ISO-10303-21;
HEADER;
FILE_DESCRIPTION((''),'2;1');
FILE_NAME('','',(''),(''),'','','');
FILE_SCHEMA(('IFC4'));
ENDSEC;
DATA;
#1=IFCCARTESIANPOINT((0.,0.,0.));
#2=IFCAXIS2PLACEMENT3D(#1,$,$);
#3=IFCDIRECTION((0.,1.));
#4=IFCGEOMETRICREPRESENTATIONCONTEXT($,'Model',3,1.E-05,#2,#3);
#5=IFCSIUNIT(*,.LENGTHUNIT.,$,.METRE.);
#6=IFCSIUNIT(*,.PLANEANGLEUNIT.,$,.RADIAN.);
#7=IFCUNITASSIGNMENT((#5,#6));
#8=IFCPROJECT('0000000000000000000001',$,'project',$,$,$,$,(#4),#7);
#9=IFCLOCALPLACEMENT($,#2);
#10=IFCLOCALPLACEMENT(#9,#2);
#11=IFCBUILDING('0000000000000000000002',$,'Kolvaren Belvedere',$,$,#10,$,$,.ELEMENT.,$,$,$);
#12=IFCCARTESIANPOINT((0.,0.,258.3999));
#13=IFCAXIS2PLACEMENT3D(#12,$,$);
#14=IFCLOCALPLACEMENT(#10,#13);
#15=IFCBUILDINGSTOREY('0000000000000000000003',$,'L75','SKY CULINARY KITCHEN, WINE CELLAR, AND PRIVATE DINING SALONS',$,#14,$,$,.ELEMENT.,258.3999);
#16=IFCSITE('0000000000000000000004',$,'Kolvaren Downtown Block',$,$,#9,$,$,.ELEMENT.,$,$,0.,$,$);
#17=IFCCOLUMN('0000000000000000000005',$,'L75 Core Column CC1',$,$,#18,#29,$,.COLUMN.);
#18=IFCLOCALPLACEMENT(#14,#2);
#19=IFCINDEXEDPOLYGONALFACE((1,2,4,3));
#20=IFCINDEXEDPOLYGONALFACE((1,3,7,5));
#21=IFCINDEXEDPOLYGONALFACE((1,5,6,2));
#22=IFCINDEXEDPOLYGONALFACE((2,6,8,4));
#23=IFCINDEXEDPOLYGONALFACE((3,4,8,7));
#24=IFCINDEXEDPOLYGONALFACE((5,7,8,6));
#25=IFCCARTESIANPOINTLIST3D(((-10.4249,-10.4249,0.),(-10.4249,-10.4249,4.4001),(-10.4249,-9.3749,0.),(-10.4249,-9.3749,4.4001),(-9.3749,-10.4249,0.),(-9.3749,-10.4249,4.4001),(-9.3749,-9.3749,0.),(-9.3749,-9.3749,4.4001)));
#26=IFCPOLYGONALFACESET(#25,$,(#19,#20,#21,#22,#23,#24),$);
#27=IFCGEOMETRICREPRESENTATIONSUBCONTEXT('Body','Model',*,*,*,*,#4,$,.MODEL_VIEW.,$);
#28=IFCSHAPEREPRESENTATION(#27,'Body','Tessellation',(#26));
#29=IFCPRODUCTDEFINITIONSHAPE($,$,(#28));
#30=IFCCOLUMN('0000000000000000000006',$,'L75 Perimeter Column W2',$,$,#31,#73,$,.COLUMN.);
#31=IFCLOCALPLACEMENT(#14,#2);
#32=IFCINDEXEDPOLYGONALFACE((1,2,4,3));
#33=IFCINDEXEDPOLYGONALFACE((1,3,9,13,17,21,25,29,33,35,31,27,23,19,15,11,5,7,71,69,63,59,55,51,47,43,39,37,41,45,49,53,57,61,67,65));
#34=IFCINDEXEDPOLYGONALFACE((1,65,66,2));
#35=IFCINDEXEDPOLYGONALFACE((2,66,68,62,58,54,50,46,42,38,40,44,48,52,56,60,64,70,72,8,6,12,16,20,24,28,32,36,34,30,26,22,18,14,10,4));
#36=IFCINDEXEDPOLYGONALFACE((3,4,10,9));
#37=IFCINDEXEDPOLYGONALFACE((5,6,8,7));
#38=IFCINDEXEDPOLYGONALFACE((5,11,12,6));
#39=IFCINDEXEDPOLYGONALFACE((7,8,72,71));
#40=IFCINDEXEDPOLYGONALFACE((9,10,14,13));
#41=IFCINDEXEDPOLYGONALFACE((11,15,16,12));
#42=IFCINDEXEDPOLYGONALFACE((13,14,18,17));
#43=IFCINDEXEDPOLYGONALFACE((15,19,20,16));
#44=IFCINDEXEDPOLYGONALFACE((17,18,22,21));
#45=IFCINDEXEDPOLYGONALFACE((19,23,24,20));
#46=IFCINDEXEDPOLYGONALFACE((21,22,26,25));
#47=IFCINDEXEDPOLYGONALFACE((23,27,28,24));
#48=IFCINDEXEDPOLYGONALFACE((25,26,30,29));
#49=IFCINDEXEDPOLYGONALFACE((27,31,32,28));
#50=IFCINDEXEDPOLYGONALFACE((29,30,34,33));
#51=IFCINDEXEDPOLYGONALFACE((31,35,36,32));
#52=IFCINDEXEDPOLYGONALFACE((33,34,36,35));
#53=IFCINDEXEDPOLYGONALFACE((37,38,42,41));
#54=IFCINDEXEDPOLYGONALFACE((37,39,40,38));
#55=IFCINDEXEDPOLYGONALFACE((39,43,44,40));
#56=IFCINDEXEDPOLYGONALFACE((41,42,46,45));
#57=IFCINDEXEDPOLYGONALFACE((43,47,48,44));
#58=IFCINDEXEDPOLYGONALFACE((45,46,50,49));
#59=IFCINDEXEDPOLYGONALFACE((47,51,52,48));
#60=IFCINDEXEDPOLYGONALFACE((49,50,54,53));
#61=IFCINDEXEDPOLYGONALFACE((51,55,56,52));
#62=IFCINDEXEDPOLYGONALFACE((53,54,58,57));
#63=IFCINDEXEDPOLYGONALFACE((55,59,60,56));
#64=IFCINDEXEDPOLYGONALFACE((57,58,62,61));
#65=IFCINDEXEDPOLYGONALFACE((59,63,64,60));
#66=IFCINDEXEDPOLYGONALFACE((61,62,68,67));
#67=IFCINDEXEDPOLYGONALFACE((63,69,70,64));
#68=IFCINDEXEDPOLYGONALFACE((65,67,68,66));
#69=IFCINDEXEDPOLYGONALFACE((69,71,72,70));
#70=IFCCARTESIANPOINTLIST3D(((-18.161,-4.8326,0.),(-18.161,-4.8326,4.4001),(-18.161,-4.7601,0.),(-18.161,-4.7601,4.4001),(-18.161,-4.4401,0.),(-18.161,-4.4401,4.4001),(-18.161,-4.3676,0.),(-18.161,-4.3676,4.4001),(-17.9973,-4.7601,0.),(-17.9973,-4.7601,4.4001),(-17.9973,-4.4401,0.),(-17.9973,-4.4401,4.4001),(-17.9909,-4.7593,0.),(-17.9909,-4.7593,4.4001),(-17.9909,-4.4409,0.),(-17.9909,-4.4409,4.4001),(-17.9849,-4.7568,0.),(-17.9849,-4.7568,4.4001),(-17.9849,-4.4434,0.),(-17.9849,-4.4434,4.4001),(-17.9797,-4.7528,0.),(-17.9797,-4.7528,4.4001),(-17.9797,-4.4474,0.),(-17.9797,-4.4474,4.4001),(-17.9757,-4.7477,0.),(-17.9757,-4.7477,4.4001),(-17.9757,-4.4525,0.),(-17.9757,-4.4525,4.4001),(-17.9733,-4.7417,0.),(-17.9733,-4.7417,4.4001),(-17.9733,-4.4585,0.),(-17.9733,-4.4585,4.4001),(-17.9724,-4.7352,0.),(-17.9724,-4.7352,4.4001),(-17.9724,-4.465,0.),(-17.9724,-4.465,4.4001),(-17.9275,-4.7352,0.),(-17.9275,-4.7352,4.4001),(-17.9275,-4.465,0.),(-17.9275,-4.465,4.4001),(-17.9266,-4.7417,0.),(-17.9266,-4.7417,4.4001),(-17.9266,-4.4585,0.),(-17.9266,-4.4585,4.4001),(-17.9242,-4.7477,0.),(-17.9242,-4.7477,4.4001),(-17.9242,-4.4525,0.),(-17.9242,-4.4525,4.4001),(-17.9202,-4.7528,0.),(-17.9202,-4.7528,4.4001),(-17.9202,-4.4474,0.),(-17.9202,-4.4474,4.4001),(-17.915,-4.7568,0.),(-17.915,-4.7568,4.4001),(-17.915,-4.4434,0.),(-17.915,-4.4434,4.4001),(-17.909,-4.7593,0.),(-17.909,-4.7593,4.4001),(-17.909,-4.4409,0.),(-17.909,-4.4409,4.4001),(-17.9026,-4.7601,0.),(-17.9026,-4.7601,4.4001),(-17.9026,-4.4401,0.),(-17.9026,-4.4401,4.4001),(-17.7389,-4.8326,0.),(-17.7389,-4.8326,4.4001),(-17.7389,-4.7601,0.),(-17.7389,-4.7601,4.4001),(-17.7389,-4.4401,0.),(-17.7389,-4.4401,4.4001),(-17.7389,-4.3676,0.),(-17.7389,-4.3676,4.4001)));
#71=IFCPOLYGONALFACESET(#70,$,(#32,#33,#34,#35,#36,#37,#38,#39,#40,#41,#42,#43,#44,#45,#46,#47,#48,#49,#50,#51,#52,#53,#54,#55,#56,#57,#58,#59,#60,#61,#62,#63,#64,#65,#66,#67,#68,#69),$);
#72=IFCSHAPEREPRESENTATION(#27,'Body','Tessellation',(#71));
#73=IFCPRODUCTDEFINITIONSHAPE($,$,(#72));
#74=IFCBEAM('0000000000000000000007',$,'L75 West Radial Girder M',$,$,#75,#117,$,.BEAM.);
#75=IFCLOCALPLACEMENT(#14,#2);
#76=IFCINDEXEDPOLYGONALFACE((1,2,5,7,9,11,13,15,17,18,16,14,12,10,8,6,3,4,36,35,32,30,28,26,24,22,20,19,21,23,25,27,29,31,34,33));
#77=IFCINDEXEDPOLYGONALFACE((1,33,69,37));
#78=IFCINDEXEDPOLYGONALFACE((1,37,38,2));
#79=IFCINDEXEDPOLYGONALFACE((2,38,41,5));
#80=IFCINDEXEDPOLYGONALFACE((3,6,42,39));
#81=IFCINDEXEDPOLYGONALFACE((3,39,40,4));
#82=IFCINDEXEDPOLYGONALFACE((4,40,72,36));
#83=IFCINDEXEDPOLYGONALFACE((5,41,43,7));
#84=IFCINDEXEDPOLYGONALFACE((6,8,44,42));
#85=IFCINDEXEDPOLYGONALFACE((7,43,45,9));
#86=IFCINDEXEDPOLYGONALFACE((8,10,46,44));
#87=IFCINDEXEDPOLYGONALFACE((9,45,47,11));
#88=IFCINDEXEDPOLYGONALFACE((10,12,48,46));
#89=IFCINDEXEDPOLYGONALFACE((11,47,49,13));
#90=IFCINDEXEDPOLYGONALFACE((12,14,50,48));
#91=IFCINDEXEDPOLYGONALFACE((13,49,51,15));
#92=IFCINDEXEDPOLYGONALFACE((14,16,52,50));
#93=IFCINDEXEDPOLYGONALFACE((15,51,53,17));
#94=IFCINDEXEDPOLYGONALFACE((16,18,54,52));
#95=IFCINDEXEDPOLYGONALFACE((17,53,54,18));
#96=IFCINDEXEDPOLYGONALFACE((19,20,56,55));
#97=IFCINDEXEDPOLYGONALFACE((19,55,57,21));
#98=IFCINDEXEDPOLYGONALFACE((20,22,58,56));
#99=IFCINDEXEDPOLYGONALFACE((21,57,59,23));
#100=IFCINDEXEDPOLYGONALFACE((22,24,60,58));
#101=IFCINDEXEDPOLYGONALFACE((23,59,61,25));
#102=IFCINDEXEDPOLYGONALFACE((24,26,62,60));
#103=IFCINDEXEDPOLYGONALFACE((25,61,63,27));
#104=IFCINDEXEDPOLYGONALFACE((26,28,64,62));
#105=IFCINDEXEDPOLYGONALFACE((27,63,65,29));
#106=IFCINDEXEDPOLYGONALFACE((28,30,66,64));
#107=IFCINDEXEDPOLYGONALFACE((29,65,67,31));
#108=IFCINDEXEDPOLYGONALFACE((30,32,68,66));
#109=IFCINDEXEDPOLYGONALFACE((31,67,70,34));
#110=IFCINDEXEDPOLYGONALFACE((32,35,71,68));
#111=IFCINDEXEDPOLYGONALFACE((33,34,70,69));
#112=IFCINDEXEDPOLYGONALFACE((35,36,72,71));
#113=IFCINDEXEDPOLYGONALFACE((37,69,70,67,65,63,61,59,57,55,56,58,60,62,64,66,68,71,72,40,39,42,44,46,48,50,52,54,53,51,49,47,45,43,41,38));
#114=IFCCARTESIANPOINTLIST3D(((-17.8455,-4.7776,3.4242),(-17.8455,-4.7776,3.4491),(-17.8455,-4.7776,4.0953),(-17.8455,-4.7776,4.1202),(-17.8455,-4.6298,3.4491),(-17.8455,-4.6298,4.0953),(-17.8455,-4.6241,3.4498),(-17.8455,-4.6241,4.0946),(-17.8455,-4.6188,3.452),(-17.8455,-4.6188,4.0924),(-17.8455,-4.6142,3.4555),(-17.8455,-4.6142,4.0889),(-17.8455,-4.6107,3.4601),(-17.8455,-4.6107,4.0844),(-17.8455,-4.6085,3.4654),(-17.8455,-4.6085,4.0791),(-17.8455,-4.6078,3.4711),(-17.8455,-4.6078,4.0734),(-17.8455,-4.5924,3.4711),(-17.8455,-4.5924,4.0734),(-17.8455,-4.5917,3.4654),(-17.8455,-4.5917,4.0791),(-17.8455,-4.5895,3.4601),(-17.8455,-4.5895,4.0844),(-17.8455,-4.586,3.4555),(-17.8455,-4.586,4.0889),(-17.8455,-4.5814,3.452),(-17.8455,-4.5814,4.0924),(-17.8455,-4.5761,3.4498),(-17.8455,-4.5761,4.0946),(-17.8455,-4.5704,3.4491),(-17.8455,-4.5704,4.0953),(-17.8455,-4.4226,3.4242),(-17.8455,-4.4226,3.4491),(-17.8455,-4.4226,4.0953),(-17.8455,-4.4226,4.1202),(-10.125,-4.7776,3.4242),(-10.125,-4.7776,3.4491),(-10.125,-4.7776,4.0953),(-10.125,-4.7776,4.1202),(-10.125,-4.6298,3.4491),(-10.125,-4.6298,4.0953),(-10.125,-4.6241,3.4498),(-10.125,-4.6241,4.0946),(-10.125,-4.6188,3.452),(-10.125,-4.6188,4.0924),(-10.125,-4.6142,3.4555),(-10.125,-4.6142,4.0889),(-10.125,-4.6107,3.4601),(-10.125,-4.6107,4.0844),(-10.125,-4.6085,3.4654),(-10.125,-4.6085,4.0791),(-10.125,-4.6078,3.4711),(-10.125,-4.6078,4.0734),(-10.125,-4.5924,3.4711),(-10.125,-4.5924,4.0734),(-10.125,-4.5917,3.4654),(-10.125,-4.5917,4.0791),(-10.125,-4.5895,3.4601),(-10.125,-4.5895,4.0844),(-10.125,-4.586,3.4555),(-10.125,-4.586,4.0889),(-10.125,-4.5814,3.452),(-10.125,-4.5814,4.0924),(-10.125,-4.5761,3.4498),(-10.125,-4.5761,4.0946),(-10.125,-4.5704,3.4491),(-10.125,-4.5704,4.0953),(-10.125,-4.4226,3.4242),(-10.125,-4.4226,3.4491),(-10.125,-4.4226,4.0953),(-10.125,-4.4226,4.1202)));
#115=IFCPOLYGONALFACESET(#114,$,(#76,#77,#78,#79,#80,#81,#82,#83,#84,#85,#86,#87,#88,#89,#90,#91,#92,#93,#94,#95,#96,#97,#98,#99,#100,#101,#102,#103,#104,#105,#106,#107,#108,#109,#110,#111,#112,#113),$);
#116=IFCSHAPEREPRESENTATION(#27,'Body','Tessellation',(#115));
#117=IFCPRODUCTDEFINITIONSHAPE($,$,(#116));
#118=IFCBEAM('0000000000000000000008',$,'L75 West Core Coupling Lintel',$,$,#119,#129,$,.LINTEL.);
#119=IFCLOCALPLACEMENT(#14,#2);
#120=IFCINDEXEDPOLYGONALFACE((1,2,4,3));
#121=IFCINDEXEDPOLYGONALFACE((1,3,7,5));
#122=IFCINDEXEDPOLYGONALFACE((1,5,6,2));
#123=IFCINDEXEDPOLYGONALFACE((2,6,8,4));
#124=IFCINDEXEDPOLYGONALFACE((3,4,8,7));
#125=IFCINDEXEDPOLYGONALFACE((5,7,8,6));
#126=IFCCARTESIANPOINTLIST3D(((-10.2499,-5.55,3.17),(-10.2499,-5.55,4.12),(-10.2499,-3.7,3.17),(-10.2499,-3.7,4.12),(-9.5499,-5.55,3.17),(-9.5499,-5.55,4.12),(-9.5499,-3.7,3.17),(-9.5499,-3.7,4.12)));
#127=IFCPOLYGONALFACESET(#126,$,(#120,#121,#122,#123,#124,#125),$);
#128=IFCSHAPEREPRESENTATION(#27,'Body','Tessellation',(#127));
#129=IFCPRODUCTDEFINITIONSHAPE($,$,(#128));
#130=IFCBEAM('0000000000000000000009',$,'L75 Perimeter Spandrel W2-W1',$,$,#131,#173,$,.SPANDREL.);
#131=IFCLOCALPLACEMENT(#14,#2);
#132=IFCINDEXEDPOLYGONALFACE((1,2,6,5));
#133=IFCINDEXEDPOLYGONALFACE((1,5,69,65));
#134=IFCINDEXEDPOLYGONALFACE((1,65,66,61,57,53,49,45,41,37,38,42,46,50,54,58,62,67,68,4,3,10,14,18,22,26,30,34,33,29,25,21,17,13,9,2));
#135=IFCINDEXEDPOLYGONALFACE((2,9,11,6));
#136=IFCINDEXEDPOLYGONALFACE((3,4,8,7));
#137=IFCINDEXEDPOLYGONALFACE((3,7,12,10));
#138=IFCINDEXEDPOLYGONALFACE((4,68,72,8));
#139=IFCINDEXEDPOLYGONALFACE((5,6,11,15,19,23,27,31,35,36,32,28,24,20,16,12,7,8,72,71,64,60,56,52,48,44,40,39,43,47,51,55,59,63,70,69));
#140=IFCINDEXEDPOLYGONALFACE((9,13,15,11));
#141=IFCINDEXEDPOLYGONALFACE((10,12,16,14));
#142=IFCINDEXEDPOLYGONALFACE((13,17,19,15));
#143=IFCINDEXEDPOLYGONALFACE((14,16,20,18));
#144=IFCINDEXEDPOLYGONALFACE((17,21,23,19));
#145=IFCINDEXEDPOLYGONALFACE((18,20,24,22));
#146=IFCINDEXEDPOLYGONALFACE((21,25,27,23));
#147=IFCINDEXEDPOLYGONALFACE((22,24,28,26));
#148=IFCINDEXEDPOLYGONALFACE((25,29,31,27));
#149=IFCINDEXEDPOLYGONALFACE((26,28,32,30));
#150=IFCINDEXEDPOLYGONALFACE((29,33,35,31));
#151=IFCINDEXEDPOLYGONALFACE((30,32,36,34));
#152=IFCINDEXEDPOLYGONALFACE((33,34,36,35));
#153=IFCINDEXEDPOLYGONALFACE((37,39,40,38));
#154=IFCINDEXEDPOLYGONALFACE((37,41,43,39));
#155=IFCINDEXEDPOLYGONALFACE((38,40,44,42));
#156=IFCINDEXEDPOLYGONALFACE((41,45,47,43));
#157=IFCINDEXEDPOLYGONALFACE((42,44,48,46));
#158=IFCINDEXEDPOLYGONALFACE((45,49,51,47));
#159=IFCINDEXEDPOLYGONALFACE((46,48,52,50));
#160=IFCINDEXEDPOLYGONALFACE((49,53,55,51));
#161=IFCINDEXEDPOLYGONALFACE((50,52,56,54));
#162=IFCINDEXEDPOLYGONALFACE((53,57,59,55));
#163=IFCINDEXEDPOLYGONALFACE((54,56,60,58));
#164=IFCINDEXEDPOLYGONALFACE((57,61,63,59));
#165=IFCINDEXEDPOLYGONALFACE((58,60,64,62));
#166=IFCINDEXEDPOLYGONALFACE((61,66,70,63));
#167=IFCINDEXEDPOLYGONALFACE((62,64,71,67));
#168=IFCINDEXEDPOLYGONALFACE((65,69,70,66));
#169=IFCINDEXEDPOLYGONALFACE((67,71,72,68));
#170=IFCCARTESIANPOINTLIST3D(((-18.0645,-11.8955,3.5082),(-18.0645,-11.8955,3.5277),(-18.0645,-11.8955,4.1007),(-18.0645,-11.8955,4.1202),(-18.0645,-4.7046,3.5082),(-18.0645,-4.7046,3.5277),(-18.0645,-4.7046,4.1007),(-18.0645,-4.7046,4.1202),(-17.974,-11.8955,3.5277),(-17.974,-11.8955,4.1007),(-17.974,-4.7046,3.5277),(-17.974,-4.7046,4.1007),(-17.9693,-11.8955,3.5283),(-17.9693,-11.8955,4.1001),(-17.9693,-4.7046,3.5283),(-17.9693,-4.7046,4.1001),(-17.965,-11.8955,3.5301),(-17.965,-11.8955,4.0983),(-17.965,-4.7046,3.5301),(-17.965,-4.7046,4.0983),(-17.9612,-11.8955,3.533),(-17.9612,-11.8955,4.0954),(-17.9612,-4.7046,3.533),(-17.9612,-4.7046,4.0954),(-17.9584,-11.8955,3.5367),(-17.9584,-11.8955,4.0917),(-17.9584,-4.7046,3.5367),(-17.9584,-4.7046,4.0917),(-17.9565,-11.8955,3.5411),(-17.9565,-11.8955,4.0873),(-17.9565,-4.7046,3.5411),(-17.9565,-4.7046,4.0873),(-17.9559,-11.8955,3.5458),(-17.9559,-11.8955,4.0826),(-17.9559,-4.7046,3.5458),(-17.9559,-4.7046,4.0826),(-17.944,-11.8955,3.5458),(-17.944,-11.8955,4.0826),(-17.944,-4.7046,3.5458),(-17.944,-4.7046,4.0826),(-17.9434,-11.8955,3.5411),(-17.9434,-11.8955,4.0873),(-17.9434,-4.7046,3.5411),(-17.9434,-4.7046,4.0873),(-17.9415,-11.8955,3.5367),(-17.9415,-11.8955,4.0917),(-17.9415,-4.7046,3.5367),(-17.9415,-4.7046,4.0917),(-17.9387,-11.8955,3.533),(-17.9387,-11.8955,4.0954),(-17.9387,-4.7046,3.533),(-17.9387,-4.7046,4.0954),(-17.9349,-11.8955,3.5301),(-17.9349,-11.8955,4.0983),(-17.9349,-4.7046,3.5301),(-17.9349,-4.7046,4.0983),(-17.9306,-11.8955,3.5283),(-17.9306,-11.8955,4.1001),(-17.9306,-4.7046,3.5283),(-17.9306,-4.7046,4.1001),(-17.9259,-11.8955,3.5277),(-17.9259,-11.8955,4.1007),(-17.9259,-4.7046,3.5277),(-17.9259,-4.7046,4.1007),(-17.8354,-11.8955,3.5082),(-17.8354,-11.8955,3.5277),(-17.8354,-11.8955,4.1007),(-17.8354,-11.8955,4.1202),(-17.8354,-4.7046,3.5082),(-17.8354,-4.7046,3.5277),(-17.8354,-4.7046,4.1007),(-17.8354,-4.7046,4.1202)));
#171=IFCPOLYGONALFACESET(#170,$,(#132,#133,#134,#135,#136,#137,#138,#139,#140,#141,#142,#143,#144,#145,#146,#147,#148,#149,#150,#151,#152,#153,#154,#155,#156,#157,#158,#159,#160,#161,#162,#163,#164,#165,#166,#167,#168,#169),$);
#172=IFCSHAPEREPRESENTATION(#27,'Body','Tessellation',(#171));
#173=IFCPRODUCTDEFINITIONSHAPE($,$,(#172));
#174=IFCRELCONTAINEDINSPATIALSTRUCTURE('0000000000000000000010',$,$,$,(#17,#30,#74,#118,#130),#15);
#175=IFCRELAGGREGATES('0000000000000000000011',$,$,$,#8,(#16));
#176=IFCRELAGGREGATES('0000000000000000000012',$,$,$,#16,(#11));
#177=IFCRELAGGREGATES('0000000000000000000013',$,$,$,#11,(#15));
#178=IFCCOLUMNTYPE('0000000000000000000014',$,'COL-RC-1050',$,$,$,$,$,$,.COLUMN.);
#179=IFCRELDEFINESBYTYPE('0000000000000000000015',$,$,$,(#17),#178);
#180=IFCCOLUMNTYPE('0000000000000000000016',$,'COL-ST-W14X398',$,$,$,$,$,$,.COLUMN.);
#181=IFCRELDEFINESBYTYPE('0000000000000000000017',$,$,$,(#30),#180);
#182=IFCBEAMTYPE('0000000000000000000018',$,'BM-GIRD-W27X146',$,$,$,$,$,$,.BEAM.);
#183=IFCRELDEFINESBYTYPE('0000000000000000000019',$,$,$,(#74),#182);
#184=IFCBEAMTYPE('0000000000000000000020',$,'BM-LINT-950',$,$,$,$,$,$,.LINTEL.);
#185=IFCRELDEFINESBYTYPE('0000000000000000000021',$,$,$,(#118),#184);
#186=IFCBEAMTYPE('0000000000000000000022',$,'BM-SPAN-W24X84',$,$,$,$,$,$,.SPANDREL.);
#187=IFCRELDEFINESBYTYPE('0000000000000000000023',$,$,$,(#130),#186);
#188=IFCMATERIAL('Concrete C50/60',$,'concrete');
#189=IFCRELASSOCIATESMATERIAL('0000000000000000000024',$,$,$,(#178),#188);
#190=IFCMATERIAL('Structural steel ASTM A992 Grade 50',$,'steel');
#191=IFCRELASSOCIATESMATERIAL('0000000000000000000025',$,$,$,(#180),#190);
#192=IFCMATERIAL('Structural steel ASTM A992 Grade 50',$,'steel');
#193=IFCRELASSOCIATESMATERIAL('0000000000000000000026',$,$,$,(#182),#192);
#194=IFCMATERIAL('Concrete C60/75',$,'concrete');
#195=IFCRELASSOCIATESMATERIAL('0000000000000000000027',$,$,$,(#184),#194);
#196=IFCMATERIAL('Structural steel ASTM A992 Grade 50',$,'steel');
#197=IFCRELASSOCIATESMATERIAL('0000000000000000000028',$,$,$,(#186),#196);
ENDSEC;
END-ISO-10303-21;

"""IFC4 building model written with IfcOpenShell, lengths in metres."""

from ifc_helpers import new_model, si_unit, direction, frame, origin, origin_2d, place, context, subcontext, project, spatial, rectangle, i_section, extrude, material, material_profile, profile_set, type_object, element, save


model = new_model("IFC4")

# Units and contexts
model_context = context("Model", 3, precision=1e-05, world=origin(), true_north=direction((0.0, 1.0)))
body_context = subcontext(model_context, "Body", "Model", "MODEL_VIEW")
ifc_project = project(units=[si_unit("LENGTHUNIT", "METRE"), si_unit("PLANEANGLEUNIT", "RADIAN")], contexts=[model_context])

# Site, building, storey
site_placement = place(None, origin())
site = spatial("IfcSite", under=ifc_project, at=site_placement, Name="Kolvaren Downtown Block", CompositionType="ELEMENT", RefElevation=0.0)
building_placement = place(site_placement, origin())
building = spatial("IfcBuilding", under=site, at=building_placement, Name="Kolvaren Belvedere", CompositionType="ELEMENT")
storey_placement = place(building_placement, frame((0.0, 0.0, 258.3999)))
storey = spatial("IfcBuildingStorey", under=building, at=storey_placement, Name="L75", Description="SKY CULINARY KITCHEN, WINE CELLAR, AND PRIVATE DINING SALONS", CompositionType="ELEMENT", Elevation=258.3999)

# Columns
ifc_material_1 = material(Name="Concrete C50/60", Category="concrete")
ifc_material_profile_1 = material_profile(ifc_material_1, rectangle(XDim=1.05, YDim=1.05, at=origin_2d()), Name="RC 1050X1050")
ifc_profile_set_1 = profile_set([ifc_material_profile_1], Name="Concrete C50/60")
column_type_1 = type_object("IfcColumnType", Name="COL-RC-1050", PredefinedType="COLUMN", material=ifc_profile_set_1)
column_1_placement = place(storey_placement, frame((-9.8999, -9.8999, 0.0), z_axis=(0.0, 0.0, 1.0), x_axis=(1.0, 0.0, 0.0)))
element("IfcColumn", 1, at=column_1_placement, inside=storey, type_object=column_type_1, Name="L75 Core Column CC1", PredefinedType="COLUMN", context=body_context, shape_type="SweptSolid", body=[
    extrude(rectangle(XDim=1.05, YDim=1.05, at=origin_2d()), origin(), (0.0, 0.0, 1.0), 4.4001),
])
ifc_material_2 = material(Name="Structural steel ASTM A992 Grade 50", Category="steel")
ifc_material_profile_2 = material_profile(ifc_material_2, i_section(OverallWidth=0.4221, OverallDepth=0.4651, WebThickness=0.0449, FlangeThickness=0.0725, FilletRadius=0.0249, at=origin_2d()), Name="W14X398")
ifc_profile_set_2 = profile_set([ifc_material_profile_2], Name="Structural steel ASTM A992 Grade 50")
column_type_2 = type_object("IfcColumnType", Name="COL-ST-W14X398", PredefinedType="COLUMN", material=ifc_profile_set_2)
column_2_placement = place(storey_placement, frame((-17.95, -4.6001, 0.0), z_axis=(0.0, 0.0, 1.0), x_axis=(1.0, 0.0, 0.0)))
element("IfcColumn", 2, at=column_2_placement, inside=storey, type_object=column_type_2, Name="L75 Perimeter Column W2", PredefinedType="COLUMN", context=body_context, shape_type="SweptSolid", body=[
    extrude(i_section(OverallWidth=0.4221, OverallDepth=0.4651, WebThickness=0.0449, FlangeThickness=0.0725, FilletRadius=0.0249, at=origin_2d()), origin(), (0.0, 0.0, 1.0), 4.4001),
])

# Beams
ifc_material_3 = material(Name="Structural steel ASTM A992 Grade 50", Category="steel")
ifc_material_profile_3 = material_profile(ifc_material_3, i_section(OverallWidth=0.355, OverallDepth=0.696, WebThickness=0.0154, FlangeThickness=0.0249, FilletRadius=0.022, at=origin_2d()), Name="W27X146")
ifc_profile_set_3 = profile_set([ifc_material_profile_3], Name="Structural steel ASTM A992 Grade 50")
beam_type_1 = type_object("IfcBeamType", Name="BM-GIRD-W27X146", PredefinedType="BEAM", material=ifc_profile_set_3)
beam_1_placement = place(storey_placement, frame((-10.125, -4.6001, 3.7722), z_axis=(-1.0, 0.0, 0.0), x_axis=(0.0, -1.0, 0.0)))
element("IfcBeam", 3, at=beam_1_placement, inside=storey, type_object=beam_type_1, Name="L75 West Radial Girder M", PredefinedType="BEAM", context=body_context, shape_type="SweptSolid", body=[
    extrude(i_section(OverallWidth=0.355, OverallDepth=0.696, WebThickness=0.0154, FlangeThickness=0.0249, FilletRadius=0.022, at=origin_2d()), origin(), (0.0, 0.0, 1.0), 7.7205),
])
ifc_material_4 = material(Name="Concrete C60/75", Category="concrete")
ifc_material_profile_4 = material_profile(ifc_material_4, rectangle(XDim=0.7, YDim=0.95, at=origin_2d()), Name="RC 700X950")
ifc_profile_set_4 = profile_set([ifc_material_profile_4], Name="Concrete C60/75")
beam_type_2 = type_object("IfcBeamType", Name="BM-LINT-950", PredefinedType="LINTEL", material=ifc_profile_set_4)
beam_2_placement = place(storey_placement, frame((-9.8999, -5.55, 3.645), z_axis=(0.0, 1.0, 0.0), x_axis=(-1.0, 0.0, 0.0)))
element("IfcBeam", 4, at=beam_2_placement, inside=storey, type_object=beam_type_2, Name="L75 West Core Coupling Lintel", PredefinedType="LINTEL", context=body_context, shape_type="SweptSolid", body=[
    extrude(rectangle(XDim=0.7, YDim=0.95, at=origin_2d()), origin(), (0.0, 0.0, 1.0), 1.8501),
])
ifc_material_5 = material(Name="Structural steel ASTM A992 Grade 50", Category="steel")
ifc_material_profile_5 = material_profile(ifc_material_5, i_section(OverallWidth=0.229, OverallDepth=0.6121, WebThickness=0.012, FlangeThickness=0.0195, FilletRadius=0.0181, at=origin_2d()), Name="W24X84")
ifc_profile_set_5 = profile_set([ifc_material_profile_5], Name="Structural steel ASTM A992 Grade 50")
beam_type_3 = type_object("IfcBeamType", Name="BM-SPAN-W24X84", PredefinedType="SPANDREL", material=ifc_profile_set_5)
beam_3_placement = place(storey_placement, frame((-17.95, -4.7046, 3.8142), z_axis=(0.0, -1.0, 0.0), x_axis=(1.0, 0.0, 0.0)))
element("IfcBeam", 5, at=beam_3_placement, inside=storey, type_object=beam_type_3, Name="L75 Perimeter Spandrel W2-W1", PredefinedType="SPANDREL", context=body_context, shape_type="SweptSolid", body=[
    extrude(i_section(OverallWidth=0.229, OverallDepth=0.6121, WebThickness=0.012, FlangeThickness=0.0195, FilletRadius=0.0181, at=origin_2d()), origin(), (0.0, 0.0, 1.0), 7.1909),
])

save(model, "model.ifc")
